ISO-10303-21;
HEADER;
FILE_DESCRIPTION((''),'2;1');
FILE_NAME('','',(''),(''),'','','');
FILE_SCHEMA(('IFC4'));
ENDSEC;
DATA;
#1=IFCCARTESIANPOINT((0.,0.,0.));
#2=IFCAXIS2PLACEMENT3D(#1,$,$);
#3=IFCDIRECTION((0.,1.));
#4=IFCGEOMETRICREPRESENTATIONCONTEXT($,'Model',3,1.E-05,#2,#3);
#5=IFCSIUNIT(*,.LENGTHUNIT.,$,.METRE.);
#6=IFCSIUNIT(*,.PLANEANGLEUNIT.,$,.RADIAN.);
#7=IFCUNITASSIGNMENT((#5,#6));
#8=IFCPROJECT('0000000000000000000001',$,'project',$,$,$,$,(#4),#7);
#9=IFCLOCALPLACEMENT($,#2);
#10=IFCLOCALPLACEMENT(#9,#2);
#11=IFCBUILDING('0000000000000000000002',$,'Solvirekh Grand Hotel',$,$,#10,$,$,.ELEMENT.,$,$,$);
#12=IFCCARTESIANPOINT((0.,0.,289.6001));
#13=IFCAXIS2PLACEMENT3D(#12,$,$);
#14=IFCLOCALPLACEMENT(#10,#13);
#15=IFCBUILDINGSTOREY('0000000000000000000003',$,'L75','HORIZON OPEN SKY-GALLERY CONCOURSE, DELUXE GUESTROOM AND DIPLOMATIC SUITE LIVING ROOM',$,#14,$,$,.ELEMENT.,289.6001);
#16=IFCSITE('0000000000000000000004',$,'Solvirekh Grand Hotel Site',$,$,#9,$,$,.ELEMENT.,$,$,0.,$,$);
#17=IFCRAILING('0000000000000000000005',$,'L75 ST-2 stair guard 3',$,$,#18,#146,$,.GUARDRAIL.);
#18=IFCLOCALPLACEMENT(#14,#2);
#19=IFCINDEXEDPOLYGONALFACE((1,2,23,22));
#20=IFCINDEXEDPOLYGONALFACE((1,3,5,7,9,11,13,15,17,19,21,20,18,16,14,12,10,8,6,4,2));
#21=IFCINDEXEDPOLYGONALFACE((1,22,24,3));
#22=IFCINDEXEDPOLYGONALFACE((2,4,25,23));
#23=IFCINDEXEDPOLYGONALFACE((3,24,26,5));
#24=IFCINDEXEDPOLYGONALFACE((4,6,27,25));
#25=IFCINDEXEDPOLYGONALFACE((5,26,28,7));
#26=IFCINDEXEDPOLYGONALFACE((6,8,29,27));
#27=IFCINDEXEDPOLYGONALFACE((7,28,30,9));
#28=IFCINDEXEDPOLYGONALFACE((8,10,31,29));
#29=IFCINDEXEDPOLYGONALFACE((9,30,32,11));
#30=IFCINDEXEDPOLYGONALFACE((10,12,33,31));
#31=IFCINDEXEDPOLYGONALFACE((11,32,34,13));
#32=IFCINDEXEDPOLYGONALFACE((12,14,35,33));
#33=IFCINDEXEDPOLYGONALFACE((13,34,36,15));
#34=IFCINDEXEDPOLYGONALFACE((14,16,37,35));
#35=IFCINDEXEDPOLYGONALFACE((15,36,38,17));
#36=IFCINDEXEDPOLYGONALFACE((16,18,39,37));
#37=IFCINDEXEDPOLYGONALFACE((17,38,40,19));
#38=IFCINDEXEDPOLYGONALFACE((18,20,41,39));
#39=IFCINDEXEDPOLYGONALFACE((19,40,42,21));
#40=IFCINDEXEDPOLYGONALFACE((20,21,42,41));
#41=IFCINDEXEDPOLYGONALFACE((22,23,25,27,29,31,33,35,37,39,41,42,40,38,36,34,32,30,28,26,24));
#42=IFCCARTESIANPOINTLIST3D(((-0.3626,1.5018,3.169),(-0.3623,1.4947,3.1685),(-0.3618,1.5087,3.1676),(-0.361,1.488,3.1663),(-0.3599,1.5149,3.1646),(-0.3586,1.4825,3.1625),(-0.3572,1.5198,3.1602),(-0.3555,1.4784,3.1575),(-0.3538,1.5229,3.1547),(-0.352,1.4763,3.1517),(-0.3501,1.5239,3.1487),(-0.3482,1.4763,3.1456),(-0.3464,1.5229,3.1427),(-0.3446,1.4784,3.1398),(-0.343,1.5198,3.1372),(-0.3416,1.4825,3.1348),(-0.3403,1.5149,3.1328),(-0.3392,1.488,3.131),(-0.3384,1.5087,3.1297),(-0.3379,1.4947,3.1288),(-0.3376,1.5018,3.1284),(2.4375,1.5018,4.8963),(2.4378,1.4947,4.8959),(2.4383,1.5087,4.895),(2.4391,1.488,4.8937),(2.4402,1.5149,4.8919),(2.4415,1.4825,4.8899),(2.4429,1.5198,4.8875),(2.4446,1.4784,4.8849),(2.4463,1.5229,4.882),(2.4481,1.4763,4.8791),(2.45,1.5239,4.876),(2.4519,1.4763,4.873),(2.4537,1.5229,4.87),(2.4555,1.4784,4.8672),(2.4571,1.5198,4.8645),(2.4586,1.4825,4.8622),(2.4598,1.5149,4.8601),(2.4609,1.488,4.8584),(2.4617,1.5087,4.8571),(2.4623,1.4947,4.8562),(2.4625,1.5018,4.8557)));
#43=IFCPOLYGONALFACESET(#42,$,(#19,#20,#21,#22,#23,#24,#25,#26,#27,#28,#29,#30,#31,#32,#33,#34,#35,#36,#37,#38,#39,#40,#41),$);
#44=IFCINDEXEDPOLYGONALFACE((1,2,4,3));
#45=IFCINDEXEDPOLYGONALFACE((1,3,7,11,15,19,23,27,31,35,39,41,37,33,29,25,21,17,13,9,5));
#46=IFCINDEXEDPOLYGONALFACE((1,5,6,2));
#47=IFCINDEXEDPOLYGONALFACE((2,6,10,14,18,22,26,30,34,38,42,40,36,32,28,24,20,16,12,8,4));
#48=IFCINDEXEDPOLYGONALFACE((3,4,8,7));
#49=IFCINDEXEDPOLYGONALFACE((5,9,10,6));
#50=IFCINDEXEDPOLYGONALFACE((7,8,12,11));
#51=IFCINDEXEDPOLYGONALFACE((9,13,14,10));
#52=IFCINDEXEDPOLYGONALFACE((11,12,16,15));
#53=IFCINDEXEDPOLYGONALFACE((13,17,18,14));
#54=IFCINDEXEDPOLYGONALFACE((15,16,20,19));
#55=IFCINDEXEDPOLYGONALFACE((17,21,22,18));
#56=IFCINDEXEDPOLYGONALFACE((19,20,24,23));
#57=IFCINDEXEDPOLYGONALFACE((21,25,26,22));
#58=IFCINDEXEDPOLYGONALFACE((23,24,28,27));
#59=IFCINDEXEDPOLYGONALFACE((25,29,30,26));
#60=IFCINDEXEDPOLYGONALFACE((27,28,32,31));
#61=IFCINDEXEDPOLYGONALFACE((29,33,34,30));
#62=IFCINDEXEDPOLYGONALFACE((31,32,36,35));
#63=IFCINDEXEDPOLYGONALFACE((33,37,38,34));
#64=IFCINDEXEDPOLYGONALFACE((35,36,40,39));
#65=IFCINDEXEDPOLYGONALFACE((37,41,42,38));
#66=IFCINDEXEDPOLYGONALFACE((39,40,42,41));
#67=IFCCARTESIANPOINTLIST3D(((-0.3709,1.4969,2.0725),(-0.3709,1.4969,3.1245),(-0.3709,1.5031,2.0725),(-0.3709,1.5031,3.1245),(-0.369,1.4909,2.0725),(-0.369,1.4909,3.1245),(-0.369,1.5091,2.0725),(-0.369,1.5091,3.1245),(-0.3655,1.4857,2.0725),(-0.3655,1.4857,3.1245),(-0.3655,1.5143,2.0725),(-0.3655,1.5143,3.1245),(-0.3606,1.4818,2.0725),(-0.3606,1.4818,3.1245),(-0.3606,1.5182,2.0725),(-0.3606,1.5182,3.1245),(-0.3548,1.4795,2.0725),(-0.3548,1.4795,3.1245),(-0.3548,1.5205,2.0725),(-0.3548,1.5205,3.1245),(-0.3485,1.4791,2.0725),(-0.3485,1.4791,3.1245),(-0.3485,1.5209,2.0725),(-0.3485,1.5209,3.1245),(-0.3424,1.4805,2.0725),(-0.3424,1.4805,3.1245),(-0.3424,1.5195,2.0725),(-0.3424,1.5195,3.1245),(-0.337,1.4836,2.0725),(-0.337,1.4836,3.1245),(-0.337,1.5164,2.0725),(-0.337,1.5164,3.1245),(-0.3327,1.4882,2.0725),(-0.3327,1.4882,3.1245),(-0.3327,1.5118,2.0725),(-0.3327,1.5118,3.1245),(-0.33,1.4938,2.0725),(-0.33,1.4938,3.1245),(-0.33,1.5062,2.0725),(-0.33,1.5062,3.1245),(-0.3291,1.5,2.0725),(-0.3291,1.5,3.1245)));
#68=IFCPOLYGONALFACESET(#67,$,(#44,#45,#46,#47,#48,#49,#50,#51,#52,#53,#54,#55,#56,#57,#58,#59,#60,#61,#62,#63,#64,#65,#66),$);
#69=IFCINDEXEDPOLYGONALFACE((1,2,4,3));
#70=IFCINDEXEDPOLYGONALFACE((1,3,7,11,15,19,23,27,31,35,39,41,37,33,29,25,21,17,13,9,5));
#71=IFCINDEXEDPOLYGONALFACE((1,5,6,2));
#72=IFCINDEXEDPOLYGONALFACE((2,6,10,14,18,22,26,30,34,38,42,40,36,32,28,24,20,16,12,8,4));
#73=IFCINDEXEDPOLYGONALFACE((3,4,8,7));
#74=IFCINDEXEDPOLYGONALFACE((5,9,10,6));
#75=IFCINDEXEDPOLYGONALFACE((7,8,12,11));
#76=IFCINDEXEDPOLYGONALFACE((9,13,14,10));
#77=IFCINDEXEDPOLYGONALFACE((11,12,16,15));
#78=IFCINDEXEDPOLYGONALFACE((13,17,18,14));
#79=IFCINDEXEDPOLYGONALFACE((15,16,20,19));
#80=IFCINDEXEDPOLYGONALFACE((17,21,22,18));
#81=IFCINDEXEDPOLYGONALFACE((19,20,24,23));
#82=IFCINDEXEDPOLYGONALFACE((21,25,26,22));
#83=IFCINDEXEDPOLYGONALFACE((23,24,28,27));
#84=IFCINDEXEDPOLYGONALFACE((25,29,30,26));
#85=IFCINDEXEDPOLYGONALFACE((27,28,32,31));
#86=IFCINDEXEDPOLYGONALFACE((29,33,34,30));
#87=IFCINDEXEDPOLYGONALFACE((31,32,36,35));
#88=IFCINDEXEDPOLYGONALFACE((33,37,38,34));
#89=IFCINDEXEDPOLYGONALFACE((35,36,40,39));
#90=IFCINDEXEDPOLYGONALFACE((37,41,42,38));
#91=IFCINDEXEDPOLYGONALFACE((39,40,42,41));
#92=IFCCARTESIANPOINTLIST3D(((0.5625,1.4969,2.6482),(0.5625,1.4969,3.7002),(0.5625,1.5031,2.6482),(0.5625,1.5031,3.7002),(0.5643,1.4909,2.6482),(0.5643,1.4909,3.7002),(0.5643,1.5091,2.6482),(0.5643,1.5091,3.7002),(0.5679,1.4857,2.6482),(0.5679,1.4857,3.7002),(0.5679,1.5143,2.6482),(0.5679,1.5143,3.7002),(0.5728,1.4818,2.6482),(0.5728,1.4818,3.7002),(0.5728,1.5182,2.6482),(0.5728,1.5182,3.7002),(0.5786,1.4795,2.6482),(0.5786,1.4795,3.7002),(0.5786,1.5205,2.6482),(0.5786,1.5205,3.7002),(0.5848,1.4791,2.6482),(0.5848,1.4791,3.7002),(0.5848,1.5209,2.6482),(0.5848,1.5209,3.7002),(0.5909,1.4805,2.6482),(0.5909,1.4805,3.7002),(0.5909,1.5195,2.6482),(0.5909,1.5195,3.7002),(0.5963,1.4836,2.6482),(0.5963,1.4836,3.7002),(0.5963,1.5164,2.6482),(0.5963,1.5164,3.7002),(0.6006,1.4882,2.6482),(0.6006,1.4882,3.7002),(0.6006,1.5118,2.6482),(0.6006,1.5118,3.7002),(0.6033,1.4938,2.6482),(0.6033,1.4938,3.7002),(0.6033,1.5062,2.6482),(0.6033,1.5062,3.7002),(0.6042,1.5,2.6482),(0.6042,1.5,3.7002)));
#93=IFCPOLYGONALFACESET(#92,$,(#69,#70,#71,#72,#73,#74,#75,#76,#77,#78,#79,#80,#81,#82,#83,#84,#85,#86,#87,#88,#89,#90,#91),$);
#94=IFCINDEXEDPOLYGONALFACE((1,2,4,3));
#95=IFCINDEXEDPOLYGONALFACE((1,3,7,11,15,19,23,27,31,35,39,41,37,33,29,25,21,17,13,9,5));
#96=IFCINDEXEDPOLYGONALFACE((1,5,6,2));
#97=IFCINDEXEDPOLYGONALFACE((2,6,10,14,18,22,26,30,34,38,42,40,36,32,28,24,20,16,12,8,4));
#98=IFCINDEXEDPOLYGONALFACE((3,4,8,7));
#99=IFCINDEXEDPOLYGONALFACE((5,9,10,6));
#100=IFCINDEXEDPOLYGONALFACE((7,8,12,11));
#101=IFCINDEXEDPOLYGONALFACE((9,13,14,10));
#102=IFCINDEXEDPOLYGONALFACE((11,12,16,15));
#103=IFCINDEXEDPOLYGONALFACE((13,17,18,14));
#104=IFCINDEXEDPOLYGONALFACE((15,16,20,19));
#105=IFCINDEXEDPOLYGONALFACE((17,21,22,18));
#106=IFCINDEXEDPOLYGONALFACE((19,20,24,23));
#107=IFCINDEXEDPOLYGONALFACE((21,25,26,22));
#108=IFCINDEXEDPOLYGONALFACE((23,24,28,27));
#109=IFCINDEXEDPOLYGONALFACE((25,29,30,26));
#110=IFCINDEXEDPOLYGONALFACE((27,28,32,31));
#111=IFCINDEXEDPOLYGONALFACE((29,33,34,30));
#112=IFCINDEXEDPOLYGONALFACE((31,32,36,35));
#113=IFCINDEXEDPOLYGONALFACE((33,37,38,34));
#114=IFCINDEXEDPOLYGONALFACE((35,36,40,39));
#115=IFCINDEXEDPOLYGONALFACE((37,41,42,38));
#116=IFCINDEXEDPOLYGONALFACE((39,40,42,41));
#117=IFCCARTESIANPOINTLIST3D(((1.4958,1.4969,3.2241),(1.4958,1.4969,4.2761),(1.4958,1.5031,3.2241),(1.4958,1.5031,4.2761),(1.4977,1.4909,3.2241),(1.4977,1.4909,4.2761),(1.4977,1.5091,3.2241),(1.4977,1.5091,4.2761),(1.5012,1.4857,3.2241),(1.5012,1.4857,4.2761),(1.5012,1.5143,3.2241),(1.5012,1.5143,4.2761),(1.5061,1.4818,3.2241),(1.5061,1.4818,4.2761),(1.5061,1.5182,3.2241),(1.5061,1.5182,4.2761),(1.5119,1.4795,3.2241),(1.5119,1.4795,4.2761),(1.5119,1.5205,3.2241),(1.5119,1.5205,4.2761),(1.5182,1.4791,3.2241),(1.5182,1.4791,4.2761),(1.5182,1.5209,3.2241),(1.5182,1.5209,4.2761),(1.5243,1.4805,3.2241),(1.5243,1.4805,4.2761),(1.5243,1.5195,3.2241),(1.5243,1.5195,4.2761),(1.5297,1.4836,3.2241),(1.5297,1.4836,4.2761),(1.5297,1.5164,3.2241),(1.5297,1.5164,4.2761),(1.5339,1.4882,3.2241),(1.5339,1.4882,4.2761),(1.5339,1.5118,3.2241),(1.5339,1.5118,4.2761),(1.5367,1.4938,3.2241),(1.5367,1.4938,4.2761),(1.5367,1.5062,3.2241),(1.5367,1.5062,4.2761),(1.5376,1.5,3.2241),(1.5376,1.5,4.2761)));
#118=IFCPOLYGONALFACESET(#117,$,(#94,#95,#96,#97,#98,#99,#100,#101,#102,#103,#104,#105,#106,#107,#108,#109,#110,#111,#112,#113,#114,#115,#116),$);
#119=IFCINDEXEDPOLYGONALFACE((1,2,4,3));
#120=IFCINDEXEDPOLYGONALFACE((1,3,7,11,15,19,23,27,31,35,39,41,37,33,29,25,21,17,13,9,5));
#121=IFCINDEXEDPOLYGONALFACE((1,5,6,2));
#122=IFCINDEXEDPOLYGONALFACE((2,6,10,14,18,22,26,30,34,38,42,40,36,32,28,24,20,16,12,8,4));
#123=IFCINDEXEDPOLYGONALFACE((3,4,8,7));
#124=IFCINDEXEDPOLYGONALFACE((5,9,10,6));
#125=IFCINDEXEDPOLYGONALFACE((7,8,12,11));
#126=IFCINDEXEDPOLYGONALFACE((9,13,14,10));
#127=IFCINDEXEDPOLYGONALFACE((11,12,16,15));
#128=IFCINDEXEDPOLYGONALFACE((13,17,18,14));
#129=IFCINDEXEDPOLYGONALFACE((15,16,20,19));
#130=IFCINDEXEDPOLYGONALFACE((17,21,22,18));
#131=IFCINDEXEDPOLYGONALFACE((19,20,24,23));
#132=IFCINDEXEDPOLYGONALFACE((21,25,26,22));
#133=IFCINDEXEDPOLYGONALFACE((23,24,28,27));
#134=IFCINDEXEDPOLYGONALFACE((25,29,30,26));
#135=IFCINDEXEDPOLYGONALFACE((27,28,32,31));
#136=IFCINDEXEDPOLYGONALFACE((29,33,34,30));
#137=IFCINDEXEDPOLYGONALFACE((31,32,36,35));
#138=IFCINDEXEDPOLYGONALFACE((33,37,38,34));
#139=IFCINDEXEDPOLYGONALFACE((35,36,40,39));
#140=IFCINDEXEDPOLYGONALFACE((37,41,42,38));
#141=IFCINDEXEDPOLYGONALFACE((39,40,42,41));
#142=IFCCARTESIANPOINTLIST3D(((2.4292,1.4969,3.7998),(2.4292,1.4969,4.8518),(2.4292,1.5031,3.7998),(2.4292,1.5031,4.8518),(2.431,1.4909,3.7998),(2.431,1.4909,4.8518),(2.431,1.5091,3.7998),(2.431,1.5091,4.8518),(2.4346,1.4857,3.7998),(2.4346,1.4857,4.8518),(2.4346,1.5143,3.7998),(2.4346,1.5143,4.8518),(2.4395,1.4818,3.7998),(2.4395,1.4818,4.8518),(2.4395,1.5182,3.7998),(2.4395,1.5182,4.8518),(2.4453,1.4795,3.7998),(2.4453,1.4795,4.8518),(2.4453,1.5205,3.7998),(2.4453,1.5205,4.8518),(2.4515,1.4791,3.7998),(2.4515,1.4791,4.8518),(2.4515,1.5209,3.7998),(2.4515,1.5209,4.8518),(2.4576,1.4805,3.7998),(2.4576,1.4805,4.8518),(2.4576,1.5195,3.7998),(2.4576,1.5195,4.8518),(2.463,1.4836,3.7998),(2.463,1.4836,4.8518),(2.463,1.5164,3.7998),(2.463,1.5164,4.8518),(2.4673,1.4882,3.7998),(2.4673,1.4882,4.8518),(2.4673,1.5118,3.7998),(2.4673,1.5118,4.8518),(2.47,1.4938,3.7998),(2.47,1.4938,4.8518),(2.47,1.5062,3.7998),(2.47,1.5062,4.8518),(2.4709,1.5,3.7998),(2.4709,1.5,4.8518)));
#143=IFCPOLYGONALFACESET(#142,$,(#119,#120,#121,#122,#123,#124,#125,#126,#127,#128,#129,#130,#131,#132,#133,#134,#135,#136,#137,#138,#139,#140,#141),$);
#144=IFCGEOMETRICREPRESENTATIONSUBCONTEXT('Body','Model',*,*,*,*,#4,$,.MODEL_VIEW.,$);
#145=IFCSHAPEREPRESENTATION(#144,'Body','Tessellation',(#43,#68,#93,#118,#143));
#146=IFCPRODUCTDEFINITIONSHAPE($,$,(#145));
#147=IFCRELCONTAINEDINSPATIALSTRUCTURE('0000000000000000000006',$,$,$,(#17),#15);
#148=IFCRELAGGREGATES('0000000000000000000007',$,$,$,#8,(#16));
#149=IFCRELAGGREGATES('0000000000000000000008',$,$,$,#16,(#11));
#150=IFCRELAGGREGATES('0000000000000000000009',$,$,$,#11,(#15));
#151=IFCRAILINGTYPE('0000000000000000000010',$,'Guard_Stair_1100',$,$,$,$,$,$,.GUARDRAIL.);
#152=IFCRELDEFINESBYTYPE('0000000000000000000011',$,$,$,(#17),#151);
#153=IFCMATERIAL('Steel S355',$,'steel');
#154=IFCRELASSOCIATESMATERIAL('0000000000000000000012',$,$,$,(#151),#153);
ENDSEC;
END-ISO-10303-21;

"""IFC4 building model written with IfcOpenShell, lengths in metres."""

from ifc_helpers import new_model, si_unit, direction, frame, origin, origin_2d, place, context, subcontext, project, spatial, circle, extrude, material, type_object, element, save


model = new_model("IFC4")

# Units and contexts
model_context = context("Model", 3, precision=1e-05, world=origin(), true_north=direction((0.0, 1.0)))
body_context = subcontext(model_context, "Body", "Model", "MODEL_VIEW")
ifc_project = project(units=[si_unit("LENGTHUNIT", "METRE"), si_unit("PLANEANGLEUNIT", "RADIAN")], contexts=[model_context])

# Site, building, storey
site_placement = place(None, origin())
site = spatial("IfcSite", under=ifc_project, at=site_placement, Name="Solvirekh Grand Hotel Site", CompositionType="ELEMENT", RefElevation=0.0)
building_placement = place(site_placement, origin())
building = spatial("IfcBuilding", under=site, at=building_placement, Name="Solvirekh Grand Hotel", CompositionType="ELEMENT")
storey_placement = place(building_placement, frame((0.0, 0.0, 289.6001)))
storey = spatial("IfcBuildingStorey", under=building, at=storey_placement, Name="L75", Description="HORIZON OPEN SKY-GALLERY CONCOURSE, DELUXE GUESTROOM AND DIPLOMATIC SUITE LIVING ROOM", CompositionType="ELEMENT", Elevation=289.6001)

# Railing
ifc_material_1 = material(Name="Steel S355", Category="steel")
railing_type_1 = type_object("IfcRailingType", Name="Guard_Stair_1100", PredefinedType="GUARDRAIL", material=ifc_material_1)
railing_1_placement = place(storey_placement, frame((-0.3501, 1.5, 2.0725)))
element("IfcRailing", 1, at=railing_1_placement, inside=storey, type_object=railing_type_1, Name="L75 ST-2 stair guard 3", PredefinedType="GUARDRAIL", context=body_context, shape_type="SweptSolid", body=[
    extrude(circle(Radius=0.0239, at=origin_2d()), frame((0.0, 0.0, 1.0762), z_axis=(0.85109, 0.0, 0.52502), x_axis=(0.0, 1.0, 0.0)), (0.0, 0.0, 1.0), 3.29),
    extrude(circle(Radius=0.021, at=origin_2d()), origin(), (0.0, 0.0, 1.0), 1.052),
    extrude(circle(Radius=0.021, at=origin_2d()), frame((0.9333, 0.0, 0.5757)), (0.0, 0.0, 1.0), 1.052),
    extrude(circle(Radius=0.021, at=origin_2d()), frame((1.8667, 0.0, 1.1516)), (0.0, 0.0, 1.0), 1.052),
    extrude(circle(Radius=0.021, at=origin_2d()), frame((2.8, 0.0, 1.7273)), (0.0, 0.0, 1.0), 1.052),
])

save(model, "model.ifc")
